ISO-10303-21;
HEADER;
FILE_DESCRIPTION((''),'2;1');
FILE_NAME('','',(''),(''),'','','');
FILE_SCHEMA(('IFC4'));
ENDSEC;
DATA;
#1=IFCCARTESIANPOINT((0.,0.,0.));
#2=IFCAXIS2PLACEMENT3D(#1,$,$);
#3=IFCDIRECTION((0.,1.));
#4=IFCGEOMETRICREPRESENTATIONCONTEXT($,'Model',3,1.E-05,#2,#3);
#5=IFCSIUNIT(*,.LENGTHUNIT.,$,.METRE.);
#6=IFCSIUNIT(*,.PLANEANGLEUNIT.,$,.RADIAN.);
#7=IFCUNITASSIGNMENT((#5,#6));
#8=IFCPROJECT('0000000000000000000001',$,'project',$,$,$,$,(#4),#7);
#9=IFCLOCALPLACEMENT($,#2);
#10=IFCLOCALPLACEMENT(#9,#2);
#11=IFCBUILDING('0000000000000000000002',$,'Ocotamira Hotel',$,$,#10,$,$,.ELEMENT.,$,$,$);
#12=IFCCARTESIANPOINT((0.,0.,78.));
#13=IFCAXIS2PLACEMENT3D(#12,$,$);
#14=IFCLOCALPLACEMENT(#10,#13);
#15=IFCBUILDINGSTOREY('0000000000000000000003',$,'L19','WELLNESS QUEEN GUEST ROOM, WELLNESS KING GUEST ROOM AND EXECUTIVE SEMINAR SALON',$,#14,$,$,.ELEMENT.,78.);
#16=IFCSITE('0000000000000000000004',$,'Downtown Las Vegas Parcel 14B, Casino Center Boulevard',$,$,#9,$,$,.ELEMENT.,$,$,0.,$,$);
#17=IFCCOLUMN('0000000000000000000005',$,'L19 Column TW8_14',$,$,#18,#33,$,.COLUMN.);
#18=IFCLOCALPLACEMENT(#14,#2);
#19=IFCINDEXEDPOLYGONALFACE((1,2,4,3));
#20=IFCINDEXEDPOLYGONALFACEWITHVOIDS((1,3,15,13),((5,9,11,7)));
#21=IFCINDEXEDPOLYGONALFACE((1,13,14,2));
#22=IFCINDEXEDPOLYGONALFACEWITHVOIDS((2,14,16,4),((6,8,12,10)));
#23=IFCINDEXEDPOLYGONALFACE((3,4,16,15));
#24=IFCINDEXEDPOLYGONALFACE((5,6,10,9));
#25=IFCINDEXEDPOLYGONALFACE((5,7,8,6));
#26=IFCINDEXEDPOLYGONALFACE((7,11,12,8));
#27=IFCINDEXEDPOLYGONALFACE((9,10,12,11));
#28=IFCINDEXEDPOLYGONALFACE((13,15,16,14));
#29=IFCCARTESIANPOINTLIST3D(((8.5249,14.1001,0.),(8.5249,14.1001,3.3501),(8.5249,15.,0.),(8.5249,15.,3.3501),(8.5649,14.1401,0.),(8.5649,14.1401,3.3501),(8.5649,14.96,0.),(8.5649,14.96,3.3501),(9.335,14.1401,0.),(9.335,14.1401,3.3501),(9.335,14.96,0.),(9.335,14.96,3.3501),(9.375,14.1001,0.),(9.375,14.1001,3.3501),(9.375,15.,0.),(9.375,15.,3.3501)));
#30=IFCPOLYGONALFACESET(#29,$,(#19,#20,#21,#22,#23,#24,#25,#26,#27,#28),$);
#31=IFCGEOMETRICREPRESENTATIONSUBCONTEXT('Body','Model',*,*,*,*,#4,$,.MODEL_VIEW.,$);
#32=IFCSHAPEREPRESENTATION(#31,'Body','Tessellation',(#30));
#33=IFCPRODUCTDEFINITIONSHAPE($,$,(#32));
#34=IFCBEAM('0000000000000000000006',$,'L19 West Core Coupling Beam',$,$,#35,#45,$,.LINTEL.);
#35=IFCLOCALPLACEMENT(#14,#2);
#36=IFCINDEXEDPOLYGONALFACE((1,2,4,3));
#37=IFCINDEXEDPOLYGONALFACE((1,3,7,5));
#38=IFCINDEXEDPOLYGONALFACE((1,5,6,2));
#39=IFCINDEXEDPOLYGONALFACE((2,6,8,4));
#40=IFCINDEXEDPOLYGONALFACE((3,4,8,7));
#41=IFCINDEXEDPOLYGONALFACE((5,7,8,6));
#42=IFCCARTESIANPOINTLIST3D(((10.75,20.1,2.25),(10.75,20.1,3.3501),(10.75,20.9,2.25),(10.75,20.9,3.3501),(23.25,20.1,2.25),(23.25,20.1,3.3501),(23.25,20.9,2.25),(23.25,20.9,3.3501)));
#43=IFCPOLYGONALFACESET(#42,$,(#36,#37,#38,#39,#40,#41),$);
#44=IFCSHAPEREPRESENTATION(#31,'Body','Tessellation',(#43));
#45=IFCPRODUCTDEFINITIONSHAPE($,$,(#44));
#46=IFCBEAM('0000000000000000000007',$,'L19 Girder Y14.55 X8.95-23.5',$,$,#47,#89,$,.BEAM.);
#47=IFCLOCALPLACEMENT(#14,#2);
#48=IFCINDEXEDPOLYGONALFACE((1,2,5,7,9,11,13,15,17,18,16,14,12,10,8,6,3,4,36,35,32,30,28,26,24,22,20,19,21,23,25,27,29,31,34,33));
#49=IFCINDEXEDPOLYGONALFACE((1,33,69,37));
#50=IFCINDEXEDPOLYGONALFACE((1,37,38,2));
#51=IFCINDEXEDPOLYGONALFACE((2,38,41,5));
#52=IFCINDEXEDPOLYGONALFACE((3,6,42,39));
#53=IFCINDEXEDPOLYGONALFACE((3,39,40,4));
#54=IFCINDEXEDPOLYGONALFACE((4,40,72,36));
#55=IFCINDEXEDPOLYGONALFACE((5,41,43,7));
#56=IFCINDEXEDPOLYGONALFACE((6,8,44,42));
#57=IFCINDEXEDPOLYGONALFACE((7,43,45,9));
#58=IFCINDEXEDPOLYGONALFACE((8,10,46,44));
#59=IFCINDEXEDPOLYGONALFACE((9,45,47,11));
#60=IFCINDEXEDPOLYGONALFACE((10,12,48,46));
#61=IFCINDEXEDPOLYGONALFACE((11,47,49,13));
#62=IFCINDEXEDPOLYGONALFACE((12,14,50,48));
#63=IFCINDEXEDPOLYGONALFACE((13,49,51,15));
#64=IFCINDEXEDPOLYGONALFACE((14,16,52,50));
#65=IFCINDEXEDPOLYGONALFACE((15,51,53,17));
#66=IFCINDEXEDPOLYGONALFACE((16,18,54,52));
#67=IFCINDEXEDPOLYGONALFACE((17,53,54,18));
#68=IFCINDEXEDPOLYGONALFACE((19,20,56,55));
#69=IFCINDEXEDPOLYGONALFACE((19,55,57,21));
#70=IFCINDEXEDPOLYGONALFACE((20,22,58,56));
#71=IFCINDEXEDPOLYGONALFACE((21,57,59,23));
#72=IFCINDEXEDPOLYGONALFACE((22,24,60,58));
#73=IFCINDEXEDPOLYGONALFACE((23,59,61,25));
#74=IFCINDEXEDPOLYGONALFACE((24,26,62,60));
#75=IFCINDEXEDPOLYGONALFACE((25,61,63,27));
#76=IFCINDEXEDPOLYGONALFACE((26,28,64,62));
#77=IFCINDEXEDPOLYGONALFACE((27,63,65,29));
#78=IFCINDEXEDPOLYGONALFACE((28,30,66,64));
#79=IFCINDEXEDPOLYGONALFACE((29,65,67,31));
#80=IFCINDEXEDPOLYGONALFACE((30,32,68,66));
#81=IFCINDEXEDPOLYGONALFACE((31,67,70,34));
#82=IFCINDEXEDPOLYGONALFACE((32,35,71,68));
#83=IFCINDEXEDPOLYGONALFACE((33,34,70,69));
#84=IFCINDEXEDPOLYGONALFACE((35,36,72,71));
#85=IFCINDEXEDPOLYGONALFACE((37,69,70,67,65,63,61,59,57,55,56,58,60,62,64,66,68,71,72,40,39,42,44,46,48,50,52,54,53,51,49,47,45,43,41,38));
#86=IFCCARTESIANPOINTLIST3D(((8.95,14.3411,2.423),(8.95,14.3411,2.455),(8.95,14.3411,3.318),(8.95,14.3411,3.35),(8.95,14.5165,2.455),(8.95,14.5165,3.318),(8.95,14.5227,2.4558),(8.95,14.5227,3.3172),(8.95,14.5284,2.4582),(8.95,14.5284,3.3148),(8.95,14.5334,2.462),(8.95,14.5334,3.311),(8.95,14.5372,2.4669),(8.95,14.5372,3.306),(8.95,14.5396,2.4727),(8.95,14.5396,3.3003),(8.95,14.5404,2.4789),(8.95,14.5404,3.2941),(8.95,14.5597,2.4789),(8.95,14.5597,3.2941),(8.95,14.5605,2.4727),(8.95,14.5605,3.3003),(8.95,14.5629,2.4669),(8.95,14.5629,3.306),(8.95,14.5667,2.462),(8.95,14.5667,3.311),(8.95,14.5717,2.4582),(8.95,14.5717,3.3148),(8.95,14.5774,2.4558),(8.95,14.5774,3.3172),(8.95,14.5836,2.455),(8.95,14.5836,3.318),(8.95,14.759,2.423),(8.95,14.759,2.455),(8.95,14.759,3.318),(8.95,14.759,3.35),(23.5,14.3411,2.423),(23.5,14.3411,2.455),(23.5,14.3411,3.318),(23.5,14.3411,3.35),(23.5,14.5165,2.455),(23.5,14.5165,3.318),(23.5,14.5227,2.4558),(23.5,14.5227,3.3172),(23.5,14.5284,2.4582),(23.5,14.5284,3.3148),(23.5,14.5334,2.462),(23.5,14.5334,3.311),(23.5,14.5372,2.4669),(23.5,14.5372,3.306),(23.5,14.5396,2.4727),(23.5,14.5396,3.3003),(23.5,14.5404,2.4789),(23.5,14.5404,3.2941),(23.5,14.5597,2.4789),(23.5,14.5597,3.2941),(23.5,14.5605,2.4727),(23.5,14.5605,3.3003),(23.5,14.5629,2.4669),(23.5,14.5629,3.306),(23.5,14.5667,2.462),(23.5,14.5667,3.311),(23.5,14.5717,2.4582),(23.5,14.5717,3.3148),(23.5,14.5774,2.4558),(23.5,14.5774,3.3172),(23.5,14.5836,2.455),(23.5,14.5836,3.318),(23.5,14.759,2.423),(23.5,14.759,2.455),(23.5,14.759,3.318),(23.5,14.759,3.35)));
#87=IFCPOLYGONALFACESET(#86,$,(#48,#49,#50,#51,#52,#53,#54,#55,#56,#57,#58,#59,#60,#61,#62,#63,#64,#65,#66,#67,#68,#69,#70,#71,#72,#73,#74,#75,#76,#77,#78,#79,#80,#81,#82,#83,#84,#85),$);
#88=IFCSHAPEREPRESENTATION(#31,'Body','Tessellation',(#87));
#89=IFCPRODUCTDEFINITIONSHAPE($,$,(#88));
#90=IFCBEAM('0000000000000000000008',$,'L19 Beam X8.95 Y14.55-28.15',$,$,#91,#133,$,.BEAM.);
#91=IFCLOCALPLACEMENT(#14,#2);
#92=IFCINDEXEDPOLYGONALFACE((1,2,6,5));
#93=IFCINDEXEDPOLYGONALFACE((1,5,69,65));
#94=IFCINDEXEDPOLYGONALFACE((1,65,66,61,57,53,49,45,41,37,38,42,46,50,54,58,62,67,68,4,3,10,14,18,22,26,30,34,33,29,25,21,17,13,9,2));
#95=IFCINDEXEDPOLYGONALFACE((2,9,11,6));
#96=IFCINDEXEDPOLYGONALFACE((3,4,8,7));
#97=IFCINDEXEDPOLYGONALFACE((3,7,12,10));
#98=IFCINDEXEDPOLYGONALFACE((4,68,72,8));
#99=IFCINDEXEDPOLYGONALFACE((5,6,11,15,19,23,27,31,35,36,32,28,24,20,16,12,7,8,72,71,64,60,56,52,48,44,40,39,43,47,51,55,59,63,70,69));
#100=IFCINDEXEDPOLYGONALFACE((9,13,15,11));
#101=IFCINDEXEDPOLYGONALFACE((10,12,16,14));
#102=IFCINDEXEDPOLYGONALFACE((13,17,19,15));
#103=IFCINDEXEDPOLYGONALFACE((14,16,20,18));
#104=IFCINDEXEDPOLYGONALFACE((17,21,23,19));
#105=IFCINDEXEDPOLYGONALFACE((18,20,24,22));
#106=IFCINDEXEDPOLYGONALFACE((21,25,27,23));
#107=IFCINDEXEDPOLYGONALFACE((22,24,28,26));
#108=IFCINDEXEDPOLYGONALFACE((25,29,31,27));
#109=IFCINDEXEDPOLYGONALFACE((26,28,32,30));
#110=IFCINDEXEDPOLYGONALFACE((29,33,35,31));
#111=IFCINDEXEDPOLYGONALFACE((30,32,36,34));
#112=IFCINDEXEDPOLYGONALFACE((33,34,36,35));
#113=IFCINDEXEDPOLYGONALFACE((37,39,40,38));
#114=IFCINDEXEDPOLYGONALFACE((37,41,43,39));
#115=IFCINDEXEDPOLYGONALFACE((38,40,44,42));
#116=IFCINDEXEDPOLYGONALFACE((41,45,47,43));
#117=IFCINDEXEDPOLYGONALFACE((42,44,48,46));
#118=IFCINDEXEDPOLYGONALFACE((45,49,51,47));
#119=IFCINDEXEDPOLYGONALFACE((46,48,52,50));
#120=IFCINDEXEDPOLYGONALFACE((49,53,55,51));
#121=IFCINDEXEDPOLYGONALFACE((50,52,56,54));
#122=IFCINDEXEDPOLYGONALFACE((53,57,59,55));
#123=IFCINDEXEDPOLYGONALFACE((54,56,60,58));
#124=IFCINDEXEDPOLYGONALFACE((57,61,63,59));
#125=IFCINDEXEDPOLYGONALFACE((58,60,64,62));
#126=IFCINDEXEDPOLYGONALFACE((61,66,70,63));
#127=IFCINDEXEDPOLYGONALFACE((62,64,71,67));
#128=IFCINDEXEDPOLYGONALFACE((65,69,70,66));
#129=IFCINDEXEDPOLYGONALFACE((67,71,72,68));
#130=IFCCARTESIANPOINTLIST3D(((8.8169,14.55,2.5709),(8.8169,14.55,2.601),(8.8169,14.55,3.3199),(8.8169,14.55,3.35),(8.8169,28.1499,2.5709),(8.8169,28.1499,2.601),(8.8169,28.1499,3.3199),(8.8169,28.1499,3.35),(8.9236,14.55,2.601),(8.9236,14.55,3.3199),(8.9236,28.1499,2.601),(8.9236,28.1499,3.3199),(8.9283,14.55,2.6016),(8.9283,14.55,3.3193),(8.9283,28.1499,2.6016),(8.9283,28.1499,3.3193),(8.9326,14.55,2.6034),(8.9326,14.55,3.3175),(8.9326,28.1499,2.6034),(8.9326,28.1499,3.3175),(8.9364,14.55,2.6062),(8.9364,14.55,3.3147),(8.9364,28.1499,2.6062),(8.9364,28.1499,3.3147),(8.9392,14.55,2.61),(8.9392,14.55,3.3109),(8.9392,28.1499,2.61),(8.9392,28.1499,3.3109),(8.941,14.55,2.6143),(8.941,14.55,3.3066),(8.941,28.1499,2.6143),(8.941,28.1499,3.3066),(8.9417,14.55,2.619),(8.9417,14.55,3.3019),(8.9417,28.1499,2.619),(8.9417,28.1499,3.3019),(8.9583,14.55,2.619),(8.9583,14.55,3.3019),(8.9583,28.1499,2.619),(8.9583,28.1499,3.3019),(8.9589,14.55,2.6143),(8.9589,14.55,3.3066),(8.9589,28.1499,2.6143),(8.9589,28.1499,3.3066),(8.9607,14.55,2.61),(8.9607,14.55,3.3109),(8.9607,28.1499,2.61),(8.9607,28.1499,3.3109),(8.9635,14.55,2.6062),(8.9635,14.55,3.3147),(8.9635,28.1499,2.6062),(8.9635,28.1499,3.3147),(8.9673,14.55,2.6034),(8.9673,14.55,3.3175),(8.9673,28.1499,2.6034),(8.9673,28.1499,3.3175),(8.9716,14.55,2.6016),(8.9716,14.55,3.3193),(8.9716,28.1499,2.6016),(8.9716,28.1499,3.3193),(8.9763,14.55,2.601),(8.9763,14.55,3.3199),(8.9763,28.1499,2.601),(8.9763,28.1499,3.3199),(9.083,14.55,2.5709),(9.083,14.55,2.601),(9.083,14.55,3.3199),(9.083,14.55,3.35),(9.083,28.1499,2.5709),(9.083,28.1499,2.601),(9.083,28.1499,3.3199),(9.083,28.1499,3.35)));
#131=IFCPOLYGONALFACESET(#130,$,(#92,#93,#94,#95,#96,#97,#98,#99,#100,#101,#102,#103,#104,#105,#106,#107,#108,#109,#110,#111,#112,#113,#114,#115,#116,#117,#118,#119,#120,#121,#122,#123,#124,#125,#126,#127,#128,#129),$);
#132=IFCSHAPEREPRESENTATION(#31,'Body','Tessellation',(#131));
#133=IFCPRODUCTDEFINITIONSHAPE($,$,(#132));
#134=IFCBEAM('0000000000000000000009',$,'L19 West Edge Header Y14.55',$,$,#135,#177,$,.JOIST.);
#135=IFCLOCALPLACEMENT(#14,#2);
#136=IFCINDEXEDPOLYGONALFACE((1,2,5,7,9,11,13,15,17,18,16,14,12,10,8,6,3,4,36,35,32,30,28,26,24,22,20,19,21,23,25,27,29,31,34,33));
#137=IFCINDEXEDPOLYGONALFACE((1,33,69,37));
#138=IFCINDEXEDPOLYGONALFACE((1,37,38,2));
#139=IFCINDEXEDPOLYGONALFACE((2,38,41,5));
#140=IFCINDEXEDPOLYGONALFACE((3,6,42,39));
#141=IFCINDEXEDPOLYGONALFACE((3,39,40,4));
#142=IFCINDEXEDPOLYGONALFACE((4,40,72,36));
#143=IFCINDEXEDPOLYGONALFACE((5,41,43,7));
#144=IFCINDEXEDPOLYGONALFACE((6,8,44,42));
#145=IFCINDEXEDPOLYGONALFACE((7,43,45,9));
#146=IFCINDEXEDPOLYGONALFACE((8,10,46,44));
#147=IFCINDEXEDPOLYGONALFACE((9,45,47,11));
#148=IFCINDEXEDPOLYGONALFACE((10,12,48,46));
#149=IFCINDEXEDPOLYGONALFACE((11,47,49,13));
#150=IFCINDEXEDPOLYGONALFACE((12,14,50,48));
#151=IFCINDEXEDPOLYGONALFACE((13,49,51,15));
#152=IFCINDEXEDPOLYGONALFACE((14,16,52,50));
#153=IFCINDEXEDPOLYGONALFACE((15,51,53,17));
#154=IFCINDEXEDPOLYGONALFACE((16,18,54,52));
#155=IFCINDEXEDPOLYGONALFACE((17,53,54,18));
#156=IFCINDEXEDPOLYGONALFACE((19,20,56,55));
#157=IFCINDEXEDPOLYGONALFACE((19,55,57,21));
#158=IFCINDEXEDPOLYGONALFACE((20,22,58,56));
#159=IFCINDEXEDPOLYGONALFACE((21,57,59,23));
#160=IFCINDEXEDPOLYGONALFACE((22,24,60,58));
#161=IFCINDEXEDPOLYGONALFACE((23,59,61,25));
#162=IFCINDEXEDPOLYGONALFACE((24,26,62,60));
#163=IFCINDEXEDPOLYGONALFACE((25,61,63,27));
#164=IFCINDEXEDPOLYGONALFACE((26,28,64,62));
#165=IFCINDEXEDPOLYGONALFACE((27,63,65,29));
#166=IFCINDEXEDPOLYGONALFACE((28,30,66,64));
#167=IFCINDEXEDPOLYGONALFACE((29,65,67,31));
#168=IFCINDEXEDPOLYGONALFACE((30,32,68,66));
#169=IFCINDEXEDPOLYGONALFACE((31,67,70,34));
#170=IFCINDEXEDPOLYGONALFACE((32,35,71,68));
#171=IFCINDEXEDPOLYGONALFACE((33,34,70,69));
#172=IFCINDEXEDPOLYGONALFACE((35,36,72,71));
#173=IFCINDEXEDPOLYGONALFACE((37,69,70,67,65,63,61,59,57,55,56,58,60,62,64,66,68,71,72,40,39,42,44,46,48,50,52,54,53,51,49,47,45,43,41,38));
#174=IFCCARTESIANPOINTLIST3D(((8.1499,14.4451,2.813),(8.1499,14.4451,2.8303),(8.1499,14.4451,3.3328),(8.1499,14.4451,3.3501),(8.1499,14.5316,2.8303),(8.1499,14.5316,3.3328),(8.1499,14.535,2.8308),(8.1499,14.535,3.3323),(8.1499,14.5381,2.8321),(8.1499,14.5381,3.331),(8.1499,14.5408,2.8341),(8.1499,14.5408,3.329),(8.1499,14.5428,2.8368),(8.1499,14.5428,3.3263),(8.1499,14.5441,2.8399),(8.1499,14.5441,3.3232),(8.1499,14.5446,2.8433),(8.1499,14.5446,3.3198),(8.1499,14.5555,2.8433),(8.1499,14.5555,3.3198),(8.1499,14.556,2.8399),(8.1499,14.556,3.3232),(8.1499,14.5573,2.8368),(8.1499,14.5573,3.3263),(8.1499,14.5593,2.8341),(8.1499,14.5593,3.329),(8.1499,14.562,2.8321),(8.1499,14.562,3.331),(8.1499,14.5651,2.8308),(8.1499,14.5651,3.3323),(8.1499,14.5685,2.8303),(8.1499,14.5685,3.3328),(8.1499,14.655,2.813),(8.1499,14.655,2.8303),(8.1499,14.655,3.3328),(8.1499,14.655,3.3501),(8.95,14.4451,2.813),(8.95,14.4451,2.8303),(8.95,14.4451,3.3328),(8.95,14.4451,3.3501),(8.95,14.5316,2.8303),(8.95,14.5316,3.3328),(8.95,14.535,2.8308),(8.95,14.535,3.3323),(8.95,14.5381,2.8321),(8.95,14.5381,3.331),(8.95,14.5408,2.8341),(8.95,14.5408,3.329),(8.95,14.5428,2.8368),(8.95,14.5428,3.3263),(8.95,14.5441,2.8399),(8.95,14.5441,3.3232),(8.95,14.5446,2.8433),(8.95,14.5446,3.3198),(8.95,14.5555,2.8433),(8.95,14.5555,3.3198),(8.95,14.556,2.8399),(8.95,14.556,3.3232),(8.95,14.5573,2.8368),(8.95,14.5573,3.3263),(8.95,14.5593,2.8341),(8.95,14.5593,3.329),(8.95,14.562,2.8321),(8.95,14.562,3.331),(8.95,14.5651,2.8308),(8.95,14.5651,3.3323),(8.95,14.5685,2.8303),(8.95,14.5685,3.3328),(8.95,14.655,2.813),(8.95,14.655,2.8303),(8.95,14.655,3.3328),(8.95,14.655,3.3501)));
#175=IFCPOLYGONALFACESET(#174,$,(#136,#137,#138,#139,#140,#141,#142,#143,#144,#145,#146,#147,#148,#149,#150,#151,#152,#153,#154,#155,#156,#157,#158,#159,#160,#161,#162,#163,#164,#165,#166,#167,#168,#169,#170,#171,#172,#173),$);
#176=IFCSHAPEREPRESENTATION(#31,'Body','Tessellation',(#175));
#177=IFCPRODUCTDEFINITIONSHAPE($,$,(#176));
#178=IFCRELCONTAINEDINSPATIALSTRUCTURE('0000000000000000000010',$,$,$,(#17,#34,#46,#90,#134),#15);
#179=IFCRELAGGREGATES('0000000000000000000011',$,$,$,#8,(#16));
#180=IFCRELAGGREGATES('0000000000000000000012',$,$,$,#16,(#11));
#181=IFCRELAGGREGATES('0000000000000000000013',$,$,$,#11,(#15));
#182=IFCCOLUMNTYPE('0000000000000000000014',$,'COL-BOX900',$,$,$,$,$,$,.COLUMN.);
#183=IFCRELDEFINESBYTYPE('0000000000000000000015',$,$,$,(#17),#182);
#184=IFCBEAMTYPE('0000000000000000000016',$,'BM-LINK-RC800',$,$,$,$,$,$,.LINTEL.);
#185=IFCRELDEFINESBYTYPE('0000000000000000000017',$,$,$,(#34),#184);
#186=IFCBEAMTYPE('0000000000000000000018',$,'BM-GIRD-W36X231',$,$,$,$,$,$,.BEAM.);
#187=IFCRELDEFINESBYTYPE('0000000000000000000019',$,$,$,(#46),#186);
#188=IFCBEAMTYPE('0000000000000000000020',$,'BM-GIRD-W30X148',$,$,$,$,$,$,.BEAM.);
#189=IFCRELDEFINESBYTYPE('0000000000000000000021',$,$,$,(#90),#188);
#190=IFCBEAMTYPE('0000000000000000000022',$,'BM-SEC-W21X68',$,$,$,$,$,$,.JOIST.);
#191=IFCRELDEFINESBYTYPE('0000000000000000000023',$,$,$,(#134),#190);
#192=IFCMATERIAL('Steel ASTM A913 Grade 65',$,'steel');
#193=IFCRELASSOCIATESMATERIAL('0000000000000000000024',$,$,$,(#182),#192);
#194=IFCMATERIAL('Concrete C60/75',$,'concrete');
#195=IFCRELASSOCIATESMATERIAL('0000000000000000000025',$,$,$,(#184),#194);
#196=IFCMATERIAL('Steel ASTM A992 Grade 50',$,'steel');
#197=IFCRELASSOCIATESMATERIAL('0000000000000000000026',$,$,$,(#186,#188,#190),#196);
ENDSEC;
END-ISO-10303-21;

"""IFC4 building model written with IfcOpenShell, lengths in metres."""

from ifc_helpers import new_model, si_unit, direction, frame, origin, origin_2d, place, context, subcontext, project, spatial, rectangle, hollow_rectangle, i_section, extrude, source, transform, mapped, material, material_profile, profile_set, type_object, element, save


model = new_model("IFC4")

# Units and contexts
model_context = context("Model", 3, precision=1e-05, world=origin(), true_north=direction((0.0, 1.0)))
body_context = subcontext(model_context, "Body", "Model", "MODEL_VIEW")
ifc_project = project(units=[si_unit("LENGTHUNIT", "METRE"), si_unit("PLANEANGLEUNIT", "RADIAN")], contexts=[model_context])

# Site, building, storey
site_placement = place(None, origin())
site = spatial("IfcSite", under=ifc_project, at=site_placement, Name="Downtown Las Vegas Parcel 14B, Casino Center Boulevard", CompositionType="ELEMENT", RefElevation=0.0)
building_placement = place(site_placement, origin())
building = spatial("IfcBuilding", under=site, at=building_placement, Name="Ocotamira Hotel", CompositionType="ELEMENT")
storey_placement = place(building_placement, frame((0.0, 0.0, 78.0)))
storey = spatial("IfcBuildingStorey", under=building, at=storey_placement, Name="L19", Description="WELLNESS QUEEN GUEST ROOM, WELLNESS KING GUEST ROOM AND EXECUTIVE SEMINAR SALON", CompositionType="ELEMENT", Elevation=78.0)

# Column
ifc_material_1 = material(Name="Steel ASTM A913 Grade 65", Category="steel")
ifc_material_profile_1 = material_profile(ifc_material_1, hollow_rectangle(XDim=0.8501, YDim=0.8999, WallThickness=0.04, at=origin_2d()), Name="BOX900X850X40")
ifc_profile_set_1 = profile_set([ifc_material_profile_1], Name="Steel ASTM A913 Grade 65")
column_type = type_object("IfcColumnType", Name="COL-BOX900", PredefinedType="COLUMN", material=ifc_profile_set_1)
shared_shape_1 = source(origin(), body_context, "Body", "SweptSolid", [
    extrude(hollow_rectangle(XDim=0.8501, YDim=0.8999, WallThickness=0.04, at=origin_2d()), origin(), (0.0, 0.0, 1.0), 3.3501),
])
column_placement = place(storey_placement, frame((8.95, 14.55, 0.0), z_axis=(0.0, 0.0, 1.0), x_axis=(1.0, 0.0, 0.0)))
element("IfcColumn", 1, at=column_placement, inside=storey, type_object=column_type, Name="L19 Column TW8_14", PredefinedType="COLUMN", context=body_context, shape_type="MappedRepresentation", body=[
    mapped(shared_shape_1, transform((0.0, 0.0, 0.0), scale=1.0)),
])

# Beams
ifc_material_2 = material(Name="Concrete C60/75", Category="concrete")
ifc_material_profile_2 = material_profile(ifc_material_2, rectangle(XDim=0.8, YDim=1.1001, at=origin_2d()), Name="RC800X1100")
ifc_profile_set_2 = profile_set([ifc_material_profile_2], Name="Concrete C60/75")
beam_type_1 = type_object("IfcBeamType", Name="BM-LINK-RC800", PredefinedType="LINTEL", material=ifc_profile_set_2)
shared_shape_2 = source(origin(), body_context, "Body", "SweptSolid", [
    extrude(rectangle(XDim=0.8, YDim=1.1001, at=origin_2d()), origin(), (0.0, 0.0, 1.0), 12.5),
])
beam_1_placement = place(storey_placement, frame((10.75, 20.5, 2.8), z_axis=(1.0, 0.0, 0.0), x_axis=(0.0, 1.0, 0.0)))
element("IfcBeam", 2, at=beam_1_placement, inside=storey, type_object=beam_type_1, Name="L19 West Core Coupling Beam", PredefinedType="LINTEL", context=body_context, shape_type="MappedRepresentation", body=[
    mapped(shared_shape_2, transform((0.0, 0.0, 0.0), scale=1.0)),
])
ifc_material_3 = material(Name="Steel ASTM A992 Grade 50", Category="steel")
ifc_material_profile_3 = material_profile(ifc_material_3, i_section(OverallWidth=0.418, OverallDepth=0.927, WebThickness=0.0193, FlangeThickness=0.032, FilletRadius=0.0239, at=origin_2d()), Name="W36X231")
ifc_profile_set_3 = profile_set([ifc_material_profile_3], Name="Steel ASTM A992 Grade 50")
beam_type_2 = type_object("IfcBeamType", Name="BM-GIRD-W36X231", PredefinedType="BEAM", material=ifc_profile_set_3)
shared_shape_3 = source(origin(), body_context, "Body", "SweptSolid", [
    extrude(i_section(OverallWidth=0.418, OverallDepth=0.927, WebThickness=0.0193, FlangeThickness=0.032, FilletRadius=0.0239, at=origin_2d()), origin(), (0.0, 0.0, 1.0), 14.55),
])
beam_2_placement = place(storey_placement, frame((8.95, 14.55, 2.8865), z_axis=(1.0, 0.0, 0.0), x_axis=(0.0, 1.0, 0.0)))
element("IfcBeam", 3, at=beam_2_placement, inside=storey, type_object=beam_type_2, Name="L19 Girder Y14.55 X8.95-23.5", PredefinedType="BEAM", context=body_context, shape_type="MappedRepresentation", body=[
    mapped(shared_shape_3, transform((0.0, 0.0, 0.0), scale=1.0)),
])
ifc_material_profile_4 = material_profile(ifc_material_3, i_section(OverallWidth=0.2661, OverallDepth=0.7791, WebThickness=0.0166, FlangeThickness=0.03, FilletRadius=0.0181, at=origin_2d()), Name="W30X148")
ifc_profile_set_4 = profile_set([ifc_material_profile_4], Name="Steel ASTM A992 Grade 50")
beam_type_3 = type_object("IfcBeamType", Name="BM-GIRD-W30X148", PredefinedType="BEAM", material=ifc_profile_set_4)
shared_shape_4 = source(origin(), body_context, "Body", "SweptSolid", [
    extrude(i_section(OverallWidth=0.2661, OverallDepth=0.7791, WebThickness=0.0166, FlangeThickness=0.03, FilletRadius=0.0181, at=origin_2d()), origin(), (0.0, 0.0, 1.0), 13.5999),
])
beam_3_placement = place(storey_placement, frame((8.95, 14.55, 2.9604), z_axis=(0.0, 1.0, 0.0), x_axis=(-1.0, 0.0, 0.0)))
element("IfcBeam", 4, at=beam_3_placement, inside=storey, type_object=beam_type_3, Name="L19 Beam X8.95 Y14.55-28.15", PredefinedType="BEAM", context=body_context, shape_type="MappedRepresentation", body=[
    mapped(shared_shape_4, transform((0.0, 0.0, 0.0), scale=1.0)),
])
ifc_material_profile_5 = material_profile(ifc_material_3, i_section(OverallWidth=0.21, OverallDepth=0.5371, WebThickness=0.011, FlangeThickness=0.0173, FilletRadius=0.0129, at=origin_2d()), Name="W21X68")
ifc_profile_set_5 = profile_set([ifc_material_profile_5], Name="Steel ASTM A992 Grade 50")
beam_type_4 = type_object("IfcBeamType", Name="BM-SEC-W21X68", PredefinedType="JOIST", material=ifc_profile_set_5)
shared_shape_5 = source(origin(), body_context, "Body", "SweptSolid", [
    extrude(i_section(OverallWidth=0.21, OverallDepth=0.5371, WebThickness=0.011, FlangeThickness=0.0173, FilletRadius=0.0129, at=origin_2d()), origin(), (0.0, 0.0, 1.0), 0.8),
])
beam_4_placement = place(storey_placement, frame((8.95, 14.55, 3.0815), z_axis=(-1.0, 0.0, 0.0), x_axis=(0.0, -1.0, 0.0)))
element("IfcBeam", 5, at=beam_4_placement, inside=storey, type_object=beam_type_4, Name="L19 West Edge Header Y14.55", PredefinedType="JOIST", context=body_context, shape_type="MappedRepresentation", body=[
    mapped(shared_shape_5, transform((0.0, 0.0, 0.0), scale=1.0)),
])

save(model, "model.ifc")
